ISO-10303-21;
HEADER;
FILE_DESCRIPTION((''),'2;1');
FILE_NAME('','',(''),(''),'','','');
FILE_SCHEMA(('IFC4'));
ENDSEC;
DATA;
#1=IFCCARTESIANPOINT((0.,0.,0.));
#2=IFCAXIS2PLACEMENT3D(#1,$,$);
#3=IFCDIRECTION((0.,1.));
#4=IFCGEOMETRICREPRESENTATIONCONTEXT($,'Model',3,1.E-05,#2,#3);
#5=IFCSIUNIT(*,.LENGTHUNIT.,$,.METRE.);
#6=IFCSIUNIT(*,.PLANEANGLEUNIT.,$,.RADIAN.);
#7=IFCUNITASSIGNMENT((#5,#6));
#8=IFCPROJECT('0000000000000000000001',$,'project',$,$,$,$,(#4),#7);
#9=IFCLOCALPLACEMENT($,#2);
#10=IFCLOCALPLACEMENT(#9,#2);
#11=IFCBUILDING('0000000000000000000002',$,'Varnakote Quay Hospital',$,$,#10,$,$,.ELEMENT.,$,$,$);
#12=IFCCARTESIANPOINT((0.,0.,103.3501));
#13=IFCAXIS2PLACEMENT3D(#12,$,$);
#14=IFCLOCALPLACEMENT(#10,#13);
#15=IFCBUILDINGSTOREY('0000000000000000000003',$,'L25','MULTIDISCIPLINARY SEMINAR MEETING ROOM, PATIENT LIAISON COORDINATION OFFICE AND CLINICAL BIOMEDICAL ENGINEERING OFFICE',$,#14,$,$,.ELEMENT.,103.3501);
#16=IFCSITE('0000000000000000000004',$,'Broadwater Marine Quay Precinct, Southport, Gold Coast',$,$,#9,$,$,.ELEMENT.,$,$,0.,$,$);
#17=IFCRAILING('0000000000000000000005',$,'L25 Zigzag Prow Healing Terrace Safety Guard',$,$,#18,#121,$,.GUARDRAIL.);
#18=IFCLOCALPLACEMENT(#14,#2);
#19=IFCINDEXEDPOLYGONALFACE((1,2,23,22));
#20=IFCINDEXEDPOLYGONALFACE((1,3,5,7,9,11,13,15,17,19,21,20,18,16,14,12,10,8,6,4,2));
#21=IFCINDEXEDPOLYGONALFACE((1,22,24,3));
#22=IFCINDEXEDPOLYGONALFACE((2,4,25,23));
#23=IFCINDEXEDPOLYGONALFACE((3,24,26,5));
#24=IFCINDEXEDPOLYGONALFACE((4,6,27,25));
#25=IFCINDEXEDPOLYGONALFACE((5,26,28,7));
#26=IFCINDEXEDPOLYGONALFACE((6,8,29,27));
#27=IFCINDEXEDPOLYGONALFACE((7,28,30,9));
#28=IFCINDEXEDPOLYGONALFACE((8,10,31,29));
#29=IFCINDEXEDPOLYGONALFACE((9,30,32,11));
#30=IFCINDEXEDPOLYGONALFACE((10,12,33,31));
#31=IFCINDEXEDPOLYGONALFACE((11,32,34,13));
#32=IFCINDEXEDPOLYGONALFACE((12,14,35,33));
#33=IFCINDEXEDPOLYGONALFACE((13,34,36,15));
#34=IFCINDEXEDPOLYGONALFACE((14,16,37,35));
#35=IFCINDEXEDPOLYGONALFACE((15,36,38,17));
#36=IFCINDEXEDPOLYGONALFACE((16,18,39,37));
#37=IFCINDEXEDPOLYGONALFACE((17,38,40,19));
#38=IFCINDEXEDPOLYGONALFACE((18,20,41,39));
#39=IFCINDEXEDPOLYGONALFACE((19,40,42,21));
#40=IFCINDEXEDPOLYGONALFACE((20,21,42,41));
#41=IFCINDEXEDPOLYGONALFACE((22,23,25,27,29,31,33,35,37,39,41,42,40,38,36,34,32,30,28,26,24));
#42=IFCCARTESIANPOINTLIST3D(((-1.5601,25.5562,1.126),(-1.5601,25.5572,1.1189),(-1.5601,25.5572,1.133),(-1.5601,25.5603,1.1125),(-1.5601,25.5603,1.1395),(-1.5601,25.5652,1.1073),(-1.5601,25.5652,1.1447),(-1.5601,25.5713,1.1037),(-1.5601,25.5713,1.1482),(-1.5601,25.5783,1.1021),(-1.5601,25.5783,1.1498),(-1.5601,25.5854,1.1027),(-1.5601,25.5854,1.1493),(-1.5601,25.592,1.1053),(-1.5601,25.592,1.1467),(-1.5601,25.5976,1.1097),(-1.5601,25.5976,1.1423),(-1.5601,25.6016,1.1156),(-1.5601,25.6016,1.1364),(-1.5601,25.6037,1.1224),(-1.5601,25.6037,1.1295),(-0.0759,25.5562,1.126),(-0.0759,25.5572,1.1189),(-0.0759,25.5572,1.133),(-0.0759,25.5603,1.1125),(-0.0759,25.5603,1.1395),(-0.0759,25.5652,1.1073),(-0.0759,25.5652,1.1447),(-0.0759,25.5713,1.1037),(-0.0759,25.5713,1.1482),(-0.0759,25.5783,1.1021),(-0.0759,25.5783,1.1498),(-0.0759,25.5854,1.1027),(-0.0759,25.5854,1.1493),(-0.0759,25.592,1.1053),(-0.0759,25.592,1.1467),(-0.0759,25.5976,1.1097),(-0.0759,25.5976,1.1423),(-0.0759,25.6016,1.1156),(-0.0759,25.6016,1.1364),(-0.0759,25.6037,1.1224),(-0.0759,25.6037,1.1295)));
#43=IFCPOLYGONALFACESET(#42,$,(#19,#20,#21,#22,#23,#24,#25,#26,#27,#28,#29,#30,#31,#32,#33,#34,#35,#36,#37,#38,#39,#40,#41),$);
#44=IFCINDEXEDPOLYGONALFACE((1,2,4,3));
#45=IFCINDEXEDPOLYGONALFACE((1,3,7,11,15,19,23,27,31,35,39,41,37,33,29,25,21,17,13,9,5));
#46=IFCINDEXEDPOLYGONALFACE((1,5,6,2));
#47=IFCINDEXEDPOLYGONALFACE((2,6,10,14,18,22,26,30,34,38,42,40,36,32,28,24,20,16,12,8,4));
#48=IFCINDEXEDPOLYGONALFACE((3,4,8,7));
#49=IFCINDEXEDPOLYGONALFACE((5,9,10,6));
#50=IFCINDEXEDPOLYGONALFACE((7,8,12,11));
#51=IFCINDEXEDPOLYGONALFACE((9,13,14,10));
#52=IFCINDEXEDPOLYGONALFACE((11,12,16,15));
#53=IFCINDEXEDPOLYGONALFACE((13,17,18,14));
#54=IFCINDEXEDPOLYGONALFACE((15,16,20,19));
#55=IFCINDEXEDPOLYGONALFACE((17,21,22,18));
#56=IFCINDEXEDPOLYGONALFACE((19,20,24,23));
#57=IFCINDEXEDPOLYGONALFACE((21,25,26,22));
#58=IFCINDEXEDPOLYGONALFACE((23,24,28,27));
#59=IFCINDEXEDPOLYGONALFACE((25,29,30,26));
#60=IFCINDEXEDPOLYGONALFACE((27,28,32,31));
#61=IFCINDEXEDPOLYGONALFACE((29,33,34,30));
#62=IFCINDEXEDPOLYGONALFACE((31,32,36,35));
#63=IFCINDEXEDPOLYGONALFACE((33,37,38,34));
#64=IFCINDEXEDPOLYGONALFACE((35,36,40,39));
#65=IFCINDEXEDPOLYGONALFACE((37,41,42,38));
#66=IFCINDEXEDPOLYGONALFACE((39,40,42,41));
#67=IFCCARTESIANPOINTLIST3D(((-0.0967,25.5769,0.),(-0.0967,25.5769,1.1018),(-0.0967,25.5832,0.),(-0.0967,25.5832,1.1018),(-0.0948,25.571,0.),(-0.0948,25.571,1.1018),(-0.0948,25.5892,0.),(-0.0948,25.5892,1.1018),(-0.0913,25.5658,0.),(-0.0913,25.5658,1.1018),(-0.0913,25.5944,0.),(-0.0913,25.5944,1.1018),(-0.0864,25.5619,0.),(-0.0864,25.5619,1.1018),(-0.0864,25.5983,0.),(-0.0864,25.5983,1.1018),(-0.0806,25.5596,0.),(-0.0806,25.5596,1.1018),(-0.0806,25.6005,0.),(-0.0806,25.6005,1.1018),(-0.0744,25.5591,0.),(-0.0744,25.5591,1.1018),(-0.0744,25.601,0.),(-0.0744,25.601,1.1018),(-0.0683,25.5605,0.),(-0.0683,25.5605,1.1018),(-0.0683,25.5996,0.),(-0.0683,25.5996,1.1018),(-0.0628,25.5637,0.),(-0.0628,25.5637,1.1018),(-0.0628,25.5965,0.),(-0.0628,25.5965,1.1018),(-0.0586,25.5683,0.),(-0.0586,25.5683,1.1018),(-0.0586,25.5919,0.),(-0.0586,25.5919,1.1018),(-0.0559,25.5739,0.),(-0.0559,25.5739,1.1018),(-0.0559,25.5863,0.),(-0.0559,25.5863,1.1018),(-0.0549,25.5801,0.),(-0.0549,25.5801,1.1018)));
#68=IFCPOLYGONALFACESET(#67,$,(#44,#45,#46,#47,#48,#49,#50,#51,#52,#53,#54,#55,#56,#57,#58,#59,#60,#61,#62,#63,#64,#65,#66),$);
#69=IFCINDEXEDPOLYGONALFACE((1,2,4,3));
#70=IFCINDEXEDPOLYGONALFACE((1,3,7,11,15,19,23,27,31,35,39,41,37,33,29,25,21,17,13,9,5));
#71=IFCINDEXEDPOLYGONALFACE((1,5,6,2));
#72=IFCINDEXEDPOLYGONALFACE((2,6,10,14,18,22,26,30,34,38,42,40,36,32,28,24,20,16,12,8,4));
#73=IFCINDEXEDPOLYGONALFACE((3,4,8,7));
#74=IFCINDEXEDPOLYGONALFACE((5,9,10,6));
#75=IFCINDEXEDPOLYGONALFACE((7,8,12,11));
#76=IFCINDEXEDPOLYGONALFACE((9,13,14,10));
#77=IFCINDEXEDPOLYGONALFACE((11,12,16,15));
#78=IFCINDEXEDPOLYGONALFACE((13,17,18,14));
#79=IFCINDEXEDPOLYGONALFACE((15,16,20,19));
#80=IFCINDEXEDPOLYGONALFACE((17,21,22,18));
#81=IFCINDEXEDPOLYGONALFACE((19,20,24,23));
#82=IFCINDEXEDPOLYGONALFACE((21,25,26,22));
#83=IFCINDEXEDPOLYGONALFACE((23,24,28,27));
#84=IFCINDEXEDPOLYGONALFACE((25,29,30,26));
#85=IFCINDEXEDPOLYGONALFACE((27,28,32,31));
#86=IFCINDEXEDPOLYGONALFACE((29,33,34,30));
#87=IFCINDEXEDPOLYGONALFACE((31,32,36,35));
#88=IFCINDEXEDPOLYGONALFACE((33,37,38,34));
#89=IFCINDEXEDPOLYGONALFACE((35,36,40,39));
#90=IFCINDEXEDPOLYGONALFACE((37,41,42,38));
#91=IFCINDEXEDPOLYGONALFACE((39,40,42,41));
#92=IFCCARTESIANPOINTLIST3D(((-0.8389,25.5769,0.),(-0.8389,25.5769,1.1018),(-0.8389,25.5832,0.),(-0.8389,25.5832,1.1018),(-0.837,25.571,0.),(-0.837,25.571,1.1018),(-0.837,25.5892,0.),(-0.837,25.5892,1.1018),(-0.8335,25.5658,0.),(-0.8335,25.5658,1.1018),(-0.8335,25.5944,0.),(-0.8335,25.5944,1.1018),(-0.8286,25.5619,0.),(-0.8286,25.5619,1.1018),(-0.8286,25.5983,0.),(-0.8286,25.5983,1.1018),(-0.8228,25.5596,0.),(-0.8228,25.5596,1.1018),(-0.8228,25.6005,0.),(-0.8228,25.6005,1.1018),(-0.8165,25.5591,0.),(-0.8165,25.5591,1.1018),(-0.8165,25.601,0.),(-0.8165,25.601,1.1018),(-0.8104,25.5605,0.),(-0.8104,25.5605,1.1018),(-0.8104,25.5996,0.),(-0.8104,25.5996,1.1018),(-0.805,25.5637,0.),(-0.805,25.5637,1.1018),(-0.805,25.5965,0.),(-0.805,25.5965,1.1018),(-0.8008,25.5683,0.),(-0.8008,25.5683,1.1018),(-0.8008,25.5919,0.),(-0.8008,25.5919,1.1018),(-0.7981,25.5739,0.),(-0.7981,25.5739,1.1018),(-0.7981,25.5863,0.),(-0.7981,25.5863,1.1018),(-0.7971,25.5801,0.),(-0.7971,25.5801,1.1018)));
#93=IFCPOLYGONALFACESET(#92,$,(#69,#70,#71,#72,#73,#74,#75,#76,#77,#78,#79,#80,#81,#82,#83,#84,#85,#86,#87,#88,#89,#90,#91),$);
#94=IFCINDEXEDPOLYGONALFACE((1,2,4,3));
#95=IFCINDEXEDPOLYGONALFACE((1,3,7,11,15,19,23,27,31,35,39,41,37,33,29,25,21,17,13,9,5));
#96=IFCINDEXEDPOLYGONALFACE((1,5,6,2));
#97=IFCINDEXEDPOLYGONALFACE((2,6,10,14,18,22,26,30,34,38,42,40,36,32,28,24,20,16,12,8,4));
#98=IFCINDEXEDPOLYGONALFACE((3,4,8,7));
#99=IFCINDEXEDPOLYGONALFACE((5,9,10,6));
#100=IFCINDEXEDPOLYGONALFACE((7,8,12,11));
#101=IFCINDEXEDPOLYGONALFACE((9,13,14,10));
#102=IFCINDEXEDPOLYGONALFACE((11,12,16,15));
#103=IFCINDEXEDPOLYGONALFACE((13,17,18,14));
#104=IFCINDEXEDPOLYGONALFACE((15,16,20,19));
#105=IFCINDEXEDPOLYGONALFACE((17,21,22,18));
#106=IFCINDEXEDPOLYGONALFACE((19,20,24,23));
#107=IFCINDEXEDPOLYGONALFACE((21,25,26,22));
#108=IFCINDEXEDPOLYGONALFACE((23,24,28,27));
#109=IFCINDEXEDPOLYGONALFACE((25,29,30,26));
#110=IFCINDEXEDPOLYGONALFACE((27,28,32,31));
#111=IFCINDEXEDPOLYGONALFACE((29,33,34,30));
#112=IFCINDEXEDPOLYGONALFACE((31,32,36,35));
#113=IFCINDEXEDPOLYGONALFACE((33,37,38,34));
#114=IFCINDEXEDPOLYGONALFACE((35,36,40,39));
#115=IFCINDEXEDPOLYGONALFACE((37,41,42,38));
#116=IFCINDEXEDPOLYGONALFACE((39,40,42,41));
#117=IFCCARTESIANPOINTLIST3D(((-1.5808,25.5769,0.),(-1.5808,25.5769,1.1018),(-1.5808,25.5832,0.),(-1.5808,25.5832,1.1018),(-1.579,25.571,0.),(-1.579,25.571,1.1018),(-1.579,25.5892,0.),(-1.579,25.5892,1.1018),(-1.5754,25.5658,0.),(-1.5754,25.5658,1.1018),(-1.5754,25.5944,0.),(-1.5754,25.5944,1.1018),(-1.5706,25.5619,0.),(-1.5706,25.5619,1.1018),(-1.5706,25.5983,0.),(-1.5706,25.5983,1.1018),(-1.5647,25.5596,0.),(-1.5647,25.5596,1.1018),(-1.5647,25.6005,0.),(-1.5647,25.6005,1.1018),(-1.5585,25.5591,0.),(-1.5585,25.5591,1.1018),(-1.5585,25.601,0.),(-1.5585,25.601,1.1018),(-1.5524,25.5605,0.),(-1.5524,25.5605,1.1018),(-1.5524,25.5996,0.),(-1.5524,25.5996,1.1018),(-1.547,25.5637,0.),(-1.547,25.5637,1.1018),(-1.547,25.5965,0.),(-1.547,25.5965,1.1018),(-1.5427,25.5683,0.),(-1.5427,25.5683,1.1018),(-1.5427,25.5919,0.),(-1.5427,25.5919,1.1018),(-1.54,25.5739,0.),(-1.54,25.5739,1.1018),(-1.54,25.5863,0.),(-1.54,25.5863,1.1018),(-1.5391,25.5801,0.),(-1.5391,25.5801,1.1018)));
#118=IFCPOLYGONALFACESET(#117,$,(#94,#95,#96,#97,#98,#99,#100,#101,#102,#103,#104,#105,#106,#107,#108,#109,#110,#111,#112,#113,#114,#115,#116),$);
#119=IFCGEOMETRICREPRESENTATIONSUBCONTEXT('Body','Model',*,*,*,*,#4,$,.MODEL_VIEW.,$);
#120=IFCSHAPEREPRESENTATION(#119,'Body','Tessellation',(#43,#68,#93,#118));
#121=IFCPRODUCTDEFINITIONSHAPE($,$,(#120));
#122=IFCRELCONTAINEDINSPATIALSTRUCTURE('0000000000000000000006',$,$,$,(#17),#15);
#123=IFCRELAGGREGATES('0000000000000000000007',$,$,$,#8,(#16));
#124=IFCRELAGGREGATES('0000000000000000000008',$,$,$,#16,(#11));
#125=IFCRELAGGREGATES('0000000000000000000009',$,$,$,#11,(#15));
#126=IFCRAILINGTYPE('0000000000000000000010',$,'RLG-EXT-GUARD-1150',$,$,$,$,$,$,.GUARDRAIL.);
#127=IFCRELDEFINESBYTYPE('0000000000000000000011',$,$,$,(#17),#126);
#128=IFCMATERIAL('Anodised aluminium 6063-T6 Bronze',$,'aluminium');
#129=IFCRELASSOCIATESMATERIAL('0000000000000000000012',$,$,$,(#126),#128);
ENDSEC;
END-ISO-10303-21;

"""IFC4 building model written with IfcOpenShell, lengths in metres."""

from ifc_helpers import new_model, si_unit, direction, frame, origin, origin_2d, place, context, subcontext, project, spatial, circle, extrude, material, type_object, element, save


model = new_model("IFC4")

# Units and contexts
model_context = context("Model", 3, precision=1e-05, world=origin(), true_north=direction((0.0, 1.0)))
body_context = subcontext(model_context, "Body", "Model", "MODEL_VIEW")
ifc_project = project(units=[si_unit("LENGTHUNIT", "METRE"), si_unit("PLANEANGLEUNIT", "RADIAN")], contexts=[model_context])

# Site, building, storey
site_placement = place(None, origin())
site = spatial("IfcSite", under=ifc_project, at=site_placement, Name="Broadwater Marine Quay Precinct, Southport, Gold Coast", CompositionType="ELEMENT", RefElevation=0.0)
building_placement = place(site_placement, origin())
building = spatial("IfcBuilding", under=site, at=building_placement, Name="Varnakote Quay Hospital", CompositionType="ELEMENT")
storey_placement = place(building_placement, frame((0.0, 0.0, 103.3501)))
storey = spatial("IfcBuildingStorey", under=building, at=storey_placement, Name="L25", Description="MULTIDISCIPLINARY SEMINAR MEETING ROOM, PATIENT LIAISON COORDINATION OFFICE AND CLINICAL BIOMEDICAL ENGINEERING OFFICE", CompositionType="ELEMENT", Elevation=103.3501)

# Railing
ifc_material_1 = material(Name="Anodised aluminium 6063-T6 Bronze", Category="aluminium")
railing_type = type_object("IfcRailingType", Name="RLG-EXT-GUARD-1150", PredefinedType="GUARDRAIL", material=ifc_material_1)
railing_1_placement = place(storey_placement, frame((-0.0759, 25.5801, 0.0)))
element("IfcRailing", 1, at=railing_1_placement, inside=storey, type_object=railing_type, Name="L25 Zigzag Prow Healing Terrace Safety Guard", PredefinedType="GUARDRAIL", context=body_context, shape_type="SweptSolid", body=[
    extrude(circle(Radius=0.0239, at=origin_2d()), frame((0.0, 0.0, 1.126), z_axis=(-1.0, 0.0, 0.0), x_axis=(0.0, -1.0, 0.0)), (0.0, 0.0, 1.0), 1.4841),
    extrude(circle(Radius=0.021, at=origin_2d()), origin(), (0.0, 0.0, 1.0), 1.1018),
    extrude(circle(Radius=0.021, at=origin_2d()), frame((-0.7422, 0.0, 0.0)), (0.0, 0.0, 1.0), 1.1018),
    extrude(circle(Radius=0.021, at=origin_2d()), frame((-1.4841, 0.0, 0.0)), (0.0, 0.0, 1.0), 1.1018),
])

save(model, "model.ifc")
